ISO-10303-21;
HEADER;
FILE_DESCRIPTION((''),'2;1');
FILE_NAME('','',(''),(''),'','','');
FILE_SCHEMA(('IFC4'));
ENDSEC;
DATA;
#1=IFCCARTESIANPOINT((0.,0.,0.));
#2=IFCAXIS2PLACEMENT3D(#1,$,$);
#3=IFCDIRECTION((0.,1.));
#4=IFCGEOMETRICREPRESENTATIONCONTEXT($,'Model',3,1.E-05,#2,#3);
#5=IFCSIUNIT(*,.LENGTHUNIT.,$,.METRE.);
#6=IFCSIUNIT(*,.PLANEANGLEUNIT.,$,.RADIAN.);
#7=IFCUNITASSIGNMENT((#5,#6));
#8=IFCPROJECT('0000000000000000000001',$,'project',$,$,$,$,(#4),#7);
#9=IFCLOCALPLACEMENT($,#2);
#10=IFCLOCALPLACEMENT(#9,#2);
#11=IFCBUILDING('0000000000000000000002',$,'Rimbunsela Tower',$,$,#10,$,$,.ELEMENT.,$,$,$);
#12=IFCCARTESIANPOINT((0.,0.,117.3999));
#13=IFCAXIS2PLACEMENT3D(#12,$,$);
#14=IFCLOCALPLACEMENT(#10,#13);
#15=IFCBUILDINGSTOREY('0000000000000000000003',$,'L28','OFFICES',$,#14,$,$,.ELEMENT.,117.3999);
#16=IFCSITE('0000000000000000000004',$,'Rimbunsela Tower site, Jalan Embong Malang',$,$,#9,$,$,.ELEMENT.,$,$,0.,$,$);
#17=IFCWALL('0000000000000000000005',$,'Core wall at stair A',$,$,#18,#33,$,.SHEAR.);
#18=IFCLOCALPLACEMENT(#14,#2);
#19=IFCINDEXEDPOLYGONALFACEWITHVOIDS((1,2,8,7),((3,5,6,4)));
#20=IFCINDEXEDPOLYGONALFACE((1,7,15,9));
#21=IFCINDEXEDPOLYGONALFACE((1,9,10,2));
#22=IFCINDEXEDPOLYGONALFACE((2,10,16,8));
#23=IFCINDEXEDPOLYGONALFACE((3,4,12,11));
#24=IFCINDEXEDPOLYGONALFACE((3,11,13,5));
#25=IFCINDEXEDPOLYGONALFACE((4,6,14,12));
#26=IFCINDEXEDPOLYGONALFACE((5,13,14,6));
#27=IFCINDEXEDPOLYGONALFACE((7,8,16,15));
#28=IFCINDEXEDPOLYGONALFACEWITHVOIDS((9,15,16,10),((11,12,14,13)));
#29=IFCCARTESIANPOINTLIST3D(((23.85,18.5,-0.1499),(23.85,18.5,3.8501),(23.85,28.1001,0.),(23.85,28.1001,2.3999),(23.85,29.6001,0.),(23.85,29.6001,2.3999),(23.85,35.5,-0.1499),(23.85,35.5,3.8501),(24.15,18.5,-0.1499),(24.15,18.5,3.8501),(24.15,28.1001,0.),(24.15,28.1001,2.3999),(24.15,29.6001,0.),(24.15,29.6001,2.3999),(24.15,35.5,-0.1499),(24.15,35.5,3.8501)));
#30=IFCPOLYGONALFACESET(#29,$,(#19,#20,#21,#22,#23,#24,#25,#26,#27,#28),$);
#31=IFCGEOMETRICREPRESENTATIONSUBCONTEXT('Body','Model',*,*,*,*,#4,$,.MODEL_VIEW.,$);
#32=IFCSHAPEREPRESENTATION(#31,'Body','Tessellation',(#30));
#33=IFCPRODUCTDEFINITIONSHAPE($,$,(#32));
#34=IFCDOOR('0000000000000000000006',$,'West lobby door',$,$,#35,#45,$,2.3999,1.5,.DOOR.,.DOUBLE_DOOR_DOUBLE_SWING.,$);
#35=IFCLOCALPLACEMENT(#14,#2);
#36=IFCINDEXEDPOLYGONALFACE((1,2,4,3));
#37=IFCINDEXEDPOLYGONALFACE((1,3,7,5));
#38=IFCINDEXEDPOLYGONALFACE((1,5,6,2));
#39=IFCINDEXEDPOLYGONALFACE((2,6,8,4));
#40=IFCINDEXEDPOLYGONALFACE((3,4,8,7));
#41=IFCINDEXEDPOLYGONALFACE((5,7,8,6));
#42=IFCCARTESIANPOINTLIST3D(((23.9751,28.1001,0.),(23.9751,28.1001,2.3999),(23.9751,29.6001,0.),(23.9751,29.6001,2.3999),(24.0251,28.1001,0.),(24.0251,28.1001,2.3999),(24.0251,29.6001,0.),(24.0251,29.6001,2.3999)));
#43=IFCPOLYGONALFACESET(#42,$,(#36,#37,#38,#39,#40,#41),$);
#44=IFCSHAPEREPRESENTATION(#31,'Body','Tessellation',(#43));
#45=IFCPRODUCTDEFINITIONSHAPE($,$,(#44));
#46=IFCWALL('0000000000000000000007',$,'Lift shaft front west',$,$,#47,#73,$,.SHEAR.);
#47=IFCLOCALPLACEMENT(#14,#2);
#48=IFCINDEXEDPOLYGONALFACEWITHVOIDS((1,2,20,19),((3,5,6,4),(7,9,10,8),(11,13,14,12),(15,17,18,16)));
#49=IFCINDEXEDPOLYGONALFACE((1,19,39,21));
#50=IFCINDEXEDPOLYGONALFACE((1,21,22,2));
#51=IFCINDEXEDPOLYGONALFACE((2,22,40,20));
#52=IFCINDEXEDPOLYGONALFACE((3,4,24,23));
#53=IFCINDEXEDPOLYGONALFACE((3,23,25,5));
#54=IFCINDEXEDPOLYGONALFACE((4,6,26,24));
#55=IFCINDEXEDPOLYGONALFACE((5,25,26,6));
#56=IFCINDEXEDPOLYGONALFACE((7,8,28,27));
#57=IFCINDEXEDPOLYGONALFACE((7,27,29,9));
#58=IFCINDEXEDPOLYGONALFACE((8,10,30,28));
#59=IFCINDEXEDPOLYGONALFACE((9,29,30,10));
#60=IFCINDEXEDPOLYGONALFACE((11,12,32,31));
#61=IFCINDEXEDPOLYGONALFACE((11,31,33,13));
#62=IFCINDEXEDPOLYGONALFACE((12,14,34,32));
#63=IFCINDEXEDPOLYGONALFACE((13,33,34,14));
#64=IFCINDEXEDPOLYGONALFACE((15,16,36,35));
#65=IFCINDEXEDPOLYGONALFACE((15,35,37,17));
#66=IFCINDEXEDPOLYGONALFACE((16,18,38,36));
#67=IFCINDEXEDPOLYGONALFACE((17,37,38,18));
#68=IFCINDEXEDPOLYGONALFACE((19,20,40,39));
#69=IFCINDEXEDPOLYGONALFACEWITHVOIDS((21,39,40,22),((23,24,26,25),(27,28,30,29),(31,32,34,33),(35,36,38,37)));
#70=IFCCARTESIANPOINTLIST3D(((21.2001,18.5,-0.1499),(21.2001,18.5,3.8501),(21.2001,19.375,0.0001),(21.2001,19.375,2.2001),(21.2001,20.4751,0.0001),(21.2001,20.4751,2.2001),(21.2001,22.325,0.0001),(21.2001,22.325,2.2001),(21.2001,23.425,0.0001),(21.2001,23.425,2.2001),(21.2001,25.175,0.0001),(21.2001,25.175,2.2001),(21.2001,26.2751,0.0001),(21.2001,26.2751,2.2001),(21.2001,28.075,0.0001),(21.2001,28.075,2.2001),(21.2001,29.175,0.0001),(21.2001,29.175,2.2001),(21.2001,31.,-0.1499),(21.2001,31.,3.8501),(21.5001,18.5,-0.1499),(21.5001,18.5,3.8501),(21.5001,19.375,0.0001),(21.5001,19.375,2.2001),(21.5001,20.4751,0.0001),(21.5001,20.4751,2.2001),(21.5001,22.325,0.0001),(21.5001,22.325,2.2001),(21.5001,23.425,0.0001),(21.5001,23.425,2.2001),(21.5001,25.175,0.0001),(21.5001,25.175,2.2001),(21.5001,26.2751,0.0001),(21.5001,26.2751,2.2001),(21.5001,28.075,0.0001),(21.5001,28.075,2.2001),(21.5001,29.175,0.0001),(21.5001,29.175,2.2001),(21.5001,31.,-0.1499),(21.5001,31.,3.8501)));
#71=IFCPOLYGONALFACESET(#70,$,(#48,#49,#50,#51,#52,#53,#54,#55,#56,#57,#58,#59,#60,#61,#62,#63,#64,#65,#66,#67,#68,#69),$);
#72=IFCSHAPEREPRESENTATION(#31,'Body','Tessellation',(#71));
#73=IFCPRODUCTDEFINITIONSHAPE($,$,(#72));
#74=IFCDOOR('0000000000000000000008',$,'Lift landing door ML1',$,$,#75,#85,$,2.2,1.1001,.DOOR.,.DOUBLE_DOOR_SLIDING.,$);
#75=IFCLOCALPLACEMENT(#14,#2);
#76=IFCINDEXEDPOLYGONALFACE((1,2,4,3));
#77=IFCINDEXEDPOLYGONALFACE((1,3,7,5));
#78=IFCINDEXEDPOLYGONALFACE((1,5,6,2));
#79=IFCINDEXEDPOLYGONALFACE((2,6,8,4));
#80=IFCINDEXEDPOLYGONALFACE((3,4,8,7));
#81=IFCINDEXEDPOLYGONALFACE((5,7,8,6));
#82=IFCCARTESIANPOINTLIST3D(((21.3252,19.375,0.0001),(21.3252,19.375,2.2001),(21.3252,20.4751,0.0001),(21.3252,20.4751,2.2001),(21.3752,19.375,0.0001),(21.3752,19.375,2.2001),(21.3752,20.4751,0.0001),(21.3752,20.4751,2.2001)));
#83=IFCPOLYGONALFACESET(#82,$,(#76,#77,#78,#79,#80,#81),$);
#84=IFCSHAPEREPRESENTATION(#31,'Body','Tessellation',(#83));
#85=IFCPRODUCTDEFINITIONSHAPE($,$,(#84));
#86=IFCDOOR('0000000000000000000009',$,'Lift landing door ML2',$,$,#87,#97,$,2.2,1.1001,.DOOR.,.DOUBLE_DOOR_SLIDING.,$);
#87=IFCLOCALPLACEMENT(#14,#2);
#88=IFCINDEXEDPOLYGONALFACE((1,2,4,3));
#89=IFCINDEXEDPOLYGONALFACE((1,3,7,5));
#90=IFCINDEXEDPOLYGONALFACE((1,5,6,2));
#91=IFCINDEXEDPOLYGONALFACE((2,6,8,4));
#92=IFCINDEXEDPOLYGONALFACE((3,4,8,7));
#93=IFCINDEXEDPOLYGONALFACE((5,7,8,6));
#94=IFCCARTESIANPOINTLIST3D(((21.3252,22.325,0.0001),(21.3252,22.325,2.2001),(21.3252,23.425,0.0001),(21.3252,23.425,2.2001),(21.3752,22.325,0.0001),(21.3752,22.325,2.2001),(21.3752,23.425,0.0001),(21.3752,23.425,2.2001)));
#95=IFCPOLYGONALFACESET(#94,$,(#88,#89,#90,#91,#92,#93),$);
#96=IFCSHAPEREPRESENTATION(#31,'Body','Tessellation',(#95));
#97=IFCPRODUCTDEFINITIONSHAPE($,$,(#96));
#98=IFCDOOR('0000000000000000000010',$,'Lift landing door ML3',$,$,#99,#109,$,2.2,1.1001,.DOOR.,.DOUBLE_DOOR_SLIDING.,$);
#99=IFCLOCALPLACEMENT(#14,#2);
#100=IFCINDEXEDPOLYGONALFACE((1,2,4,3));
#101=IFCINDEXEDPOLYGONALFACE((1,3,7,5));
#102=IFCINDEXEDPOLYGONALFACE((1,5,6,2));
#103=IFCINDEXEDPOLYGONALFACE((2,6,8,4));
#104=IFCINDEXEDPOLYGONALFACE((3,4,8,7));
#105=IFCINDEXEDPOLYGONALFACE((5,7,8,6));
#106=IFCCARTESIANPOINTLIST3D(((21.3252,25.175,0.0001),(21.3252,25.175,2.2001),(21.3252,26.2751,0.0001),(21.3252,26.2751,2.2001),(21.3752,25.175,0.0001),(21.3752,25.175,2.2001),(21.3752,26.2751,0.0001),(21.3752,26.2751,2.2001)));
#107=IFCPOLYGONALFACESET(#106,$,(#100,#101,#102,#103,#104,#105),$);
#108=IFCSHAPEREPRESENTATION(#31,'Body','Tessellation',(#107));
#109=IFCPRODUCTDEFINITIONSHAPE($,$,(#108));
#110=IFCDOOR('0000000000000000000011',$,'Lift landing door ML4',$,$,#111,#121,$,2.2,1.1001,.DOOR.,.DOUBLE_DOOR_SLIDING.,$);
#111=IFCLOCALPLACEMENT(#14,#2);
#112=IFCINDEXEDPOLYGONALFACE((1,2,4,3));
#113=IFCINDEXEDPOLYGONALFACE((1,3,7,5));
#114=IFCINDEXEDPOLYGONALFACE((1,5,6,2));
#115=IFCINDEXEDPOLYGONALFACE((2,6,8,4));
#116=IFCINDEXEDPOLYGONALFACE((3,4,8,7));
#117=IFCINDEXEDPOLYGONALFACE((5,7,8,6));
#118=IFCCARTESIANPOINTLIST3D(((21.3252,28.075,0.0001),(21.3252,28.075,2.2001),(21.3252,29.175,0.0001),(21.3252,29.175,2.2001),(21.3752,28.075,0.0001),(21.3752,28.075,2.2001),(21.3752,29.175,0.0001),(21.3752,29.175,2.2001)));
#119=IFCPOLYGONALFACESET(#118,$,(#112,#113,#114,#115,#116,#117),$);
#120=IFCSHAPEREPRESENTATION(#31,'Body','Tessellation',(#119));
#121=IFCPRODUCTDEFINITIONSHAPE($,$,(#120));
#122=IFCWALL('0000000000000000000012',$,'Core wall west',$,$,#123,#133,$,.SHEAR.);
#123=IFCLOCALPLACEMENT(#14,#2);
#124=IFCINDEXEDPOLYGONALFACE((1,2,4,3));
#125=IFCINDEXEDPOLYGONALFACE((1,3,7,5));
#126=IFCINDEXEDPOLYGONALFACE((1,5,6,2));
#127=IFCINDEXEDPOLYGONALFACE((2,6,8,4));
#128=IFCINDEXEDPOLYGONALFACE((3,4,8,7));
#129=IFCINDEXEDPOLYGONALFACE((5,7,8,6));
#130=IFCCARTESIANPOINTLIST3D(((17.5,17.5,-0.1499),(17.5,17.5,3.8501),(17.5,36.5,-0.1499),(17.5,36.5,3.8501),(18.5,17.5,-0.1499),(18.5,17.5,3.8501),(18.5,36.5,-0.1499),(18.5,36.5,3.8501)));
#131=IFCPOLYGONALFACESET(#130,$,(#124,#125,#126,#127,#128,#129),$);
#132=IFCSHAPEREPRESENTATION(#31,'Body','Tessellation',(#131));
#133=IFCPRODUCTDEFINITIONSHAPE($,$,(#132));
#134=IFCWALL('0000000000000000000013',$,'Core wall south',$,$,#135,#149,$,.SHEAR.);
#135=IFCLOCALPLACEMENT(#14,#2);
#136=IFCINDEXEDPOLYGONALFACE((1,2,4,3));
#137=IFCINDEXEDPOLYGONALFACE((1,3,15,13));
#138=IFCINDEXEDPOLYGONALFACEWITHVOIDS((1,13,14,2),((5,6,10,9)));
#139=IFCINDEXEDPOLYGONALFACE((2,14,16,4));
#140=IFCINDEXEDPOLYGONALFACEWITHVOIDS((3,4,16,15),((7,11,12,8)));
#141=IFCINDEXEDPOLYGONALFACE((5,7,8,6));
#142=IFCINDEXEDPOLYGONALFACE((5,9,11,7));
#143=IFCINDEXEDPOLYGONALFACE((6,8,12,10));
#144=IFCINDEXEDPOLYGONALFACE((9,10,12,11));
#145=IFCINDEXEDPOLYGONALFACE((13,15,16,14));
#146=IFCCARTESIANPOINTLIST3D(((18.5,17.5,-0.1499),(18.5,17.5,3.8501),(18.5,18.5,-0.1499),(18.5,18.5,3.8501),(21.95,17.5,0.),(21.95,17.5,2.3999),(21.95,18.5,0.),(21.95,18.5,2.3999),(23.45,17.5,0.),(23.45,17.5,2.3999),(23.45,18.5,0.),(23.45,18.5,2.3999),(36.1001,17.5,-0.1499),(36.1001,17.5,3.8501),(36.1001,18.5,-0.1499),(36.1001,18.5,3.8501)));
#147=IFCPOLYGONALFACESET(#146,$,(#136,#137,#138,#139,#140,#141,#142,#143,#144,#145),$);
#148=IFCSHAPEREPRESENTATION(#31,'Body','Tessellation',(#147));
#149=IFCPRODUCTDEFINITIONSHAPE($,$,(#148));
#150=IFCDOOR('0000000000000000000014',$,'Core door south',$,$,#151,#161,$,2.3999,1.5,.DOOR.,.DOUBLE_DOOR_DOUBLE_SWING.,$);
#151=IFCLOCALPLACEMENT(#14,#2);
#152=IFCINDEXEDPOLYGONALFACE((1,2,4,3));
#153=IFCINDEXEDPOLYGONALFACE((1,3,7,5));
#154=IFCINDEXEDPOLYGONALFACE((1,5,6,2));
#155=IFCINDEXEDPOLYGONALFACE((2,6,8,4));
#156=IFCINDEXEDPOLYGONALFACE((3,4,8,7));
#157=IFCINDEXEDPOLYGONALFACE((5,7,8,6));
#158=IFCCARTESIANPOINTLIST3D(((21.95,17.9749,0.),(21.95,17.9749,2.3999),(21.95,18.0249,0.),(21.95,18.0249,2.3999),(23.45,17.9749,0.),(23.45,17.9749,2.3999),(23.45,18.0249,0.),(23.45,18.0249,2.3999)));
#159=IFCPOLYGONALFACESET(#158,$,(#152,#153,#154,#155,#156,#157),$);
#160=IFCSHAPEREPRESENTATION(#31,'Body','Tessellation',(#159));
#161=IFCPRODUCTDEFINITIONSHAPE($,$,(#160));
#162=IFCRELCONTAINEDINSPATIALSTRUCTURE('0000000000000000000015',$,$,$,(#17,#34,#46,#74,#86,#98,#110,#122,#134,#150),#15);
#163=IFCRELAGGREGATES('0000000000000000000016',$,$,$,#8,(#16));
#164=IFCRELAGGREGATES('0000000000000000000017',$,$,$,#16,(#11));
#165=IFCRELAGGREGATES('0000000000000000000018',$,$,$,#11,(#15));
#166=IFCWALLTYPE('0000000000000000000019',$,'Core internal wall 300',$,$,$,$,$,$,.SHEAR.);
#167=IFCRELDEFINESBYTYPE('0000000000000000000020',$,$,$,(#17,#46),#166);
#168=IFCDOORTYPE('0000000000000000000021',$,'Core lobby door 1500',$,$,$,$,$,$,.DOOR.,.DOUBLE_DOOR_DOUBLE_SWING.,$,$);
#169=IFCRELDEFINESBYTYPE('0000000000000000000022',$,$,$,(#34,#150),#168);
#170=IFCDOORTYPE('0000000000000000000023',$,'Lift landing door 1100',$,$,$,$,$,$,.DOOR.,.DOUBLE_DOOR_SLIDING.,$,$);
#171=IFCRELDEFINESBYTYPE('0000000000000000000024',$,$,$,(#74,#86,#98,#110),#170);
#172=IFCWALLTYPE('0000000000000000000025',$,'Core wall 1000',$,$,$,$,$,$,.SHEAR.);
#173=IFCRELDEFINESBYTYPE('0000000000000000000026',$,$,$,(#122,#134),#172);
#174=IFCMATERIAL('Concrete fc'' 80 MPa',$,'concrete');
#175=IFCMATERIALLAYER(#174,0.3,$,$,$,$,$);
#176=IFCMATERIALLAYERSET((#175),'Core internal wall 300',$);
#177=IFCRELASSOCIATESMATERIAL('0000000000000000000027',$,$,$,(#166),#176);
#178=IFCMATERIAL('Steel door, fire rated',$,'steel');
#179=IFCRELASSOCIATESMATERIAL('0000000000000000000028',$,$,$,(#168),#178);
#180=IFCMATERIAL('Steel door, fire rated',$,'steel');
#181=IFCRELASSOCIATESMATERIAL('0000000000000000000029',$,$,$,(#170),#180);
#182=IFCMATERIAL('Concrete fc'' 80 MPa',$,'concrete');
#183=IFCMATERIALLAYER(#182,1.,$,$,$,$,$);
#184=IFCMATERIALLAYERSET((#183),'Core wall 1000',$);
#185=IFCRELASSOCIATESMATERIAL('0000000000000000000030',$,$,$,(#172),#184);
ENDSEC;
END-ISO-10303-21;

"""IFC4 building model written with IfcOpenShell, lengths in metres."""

from ifc_helpers import new_model, si_unit, direction, frame, frame_2d, origin, place, context, subcontext, project, spatial, rectangle, extrude, material, layer, layer_set, type_object, element, fill, save


model = new_model("IFC4")

# Units and contexts
model_context = context("Model", 3, precision=1e-05, world=origin(), true_north=direction((0.0, 1.0)))
body_context = subcontext(model_context, "Body", "Model", "MODEL_VIEW")
ifc_project = project(units=[si_unit("LENGTHUNIT", "METRE"), si_unit("PLANEANGLEUNIT", "RADIAN")], contexts=[model_context])

# Site, building, storey
site_placement = place(None, origin())
site = spatial("IfcSite", under=ifc_project, at=site_placement, Name="Rimbunsela Tower site, Jalan Embong Malang", CompositionType="ELEMENT", RefElevation=0.0)
building_placement = place(site_placement, origin())
building = spatial("IfcBuilding", under=site, at=building_placement, Name="Rimbunsela Tower", CompositionType="ELEMENT")
storey_placement = place(building_placement, frame((0.0, 0.0, 117.3999)))
storey = spatial("IfcBuildingStorey", under=building, at=storey_placement, Name="L28", Description="OFFICES", CompositionType="ELEMENT", Elevation=117.3999)

# Wall, opening, door
ifc_material_1 = material(Name="Concrete fc' 80 MPa", Category="concrete")
ifc_layer_1 = layer(ifc_material_1, 0.3)
ifc_layer_set_1 = layer_set([ifc_layer_1], Name="Core internal wall 300")
wall_type_1 = type_object("IfcWallType", Name="Core internal wall 300", PredefinedType="SHEAR", material=ifc_layer_set_1)
wall_1_placement = place(storey_placement, frame((24.0, 18.5, -0.1499), z_axis=(0.0, 0.0, 1.0), x_axis=(0.0, 1.0, 0.0)))
wall_1 = element("IfcWall", 1, at=wall_1_placement, inside=storey, type_object=wall_type_1, Name="Core wall at stair A", PredefinedType="SHEAR", context=body_context, shape_type="SweptSolid", body=[
    extrude(rectangle(XDim=17.0, YDim=0.3, at=frame_2d((8.5, 0.0))), origin(), (0.0, 0.0, 1.0), 4.0),
])
opening_1_placement = place(wall_1_placement, frame((9.6001, 0.0, 0.1499)))
opening_1 = element("IfcOpeningElement", 2, at=opening_1_placement, cuts=wall_1, PredefinedType="OPENING", context=body_context, shape_type="SweptSolid", body=[
    extrude(rectangle(XDim=1.5, YDim=2.3999, at=frame_2d((0.75, 1.2))), frame((0.0, 0.1599, 0.0), z_axis=(0.0, -1.0, 0.0), x_axis=(1.0, 0.0, 0.0)), (0.0, 0.0, 1.0), 0.3201),
])
ifc_material_2 = material(Name="Steel door, fire rated", Category="steel")
door_type_1 = type_object("IfcDoorType", Name="Core lobby door 1500", OperationType="DOUBLE_DOOR_DOUBLE_SWING", PredefinedType="DOOR", material=ifc_material_2)
door_1_placement = place(opening_1_placement, origin())
door_1 = element("IfcDoor", 3, at=door_1_placement, inside=storey, type_object=door_type_1, Name="West lobby door", OperationType="DOUBLE_DOOR_DOUBLE_SWING", OverallHeight=2.3999, OverallWidth=1.5, PredefinedType="DOOR", context=body_context, shape_type="SweptSolid", body=[
    extrude(rectangle(XDim=1.5, YDim=2.3999, at=frame_2d((0.75, 1.2))), frame((0.0, 0.0249, 0.0), z_axis=(0.0, -1.0, 0.0), x_axis=(1.0, 0.0, 0.0)), (0.0, 0.0, 1.0), 0.05),
])
fill(opening_1, door_1)

# Wall, openings, doors
wall_2_placement = place(storey_placement, frame((21.3501, 18.5, -0.1499), z_axis=(0.0, 0.0, 1.0), x_axis=(0.0, 1.0, 0.0)))
wall_2 = element("IfcWall", 4, at=wall_2_placement, inside=storey, type_object=wall_type_1, Name="Lift shaft front west", PredefinedType="SHEAR", context=body_context, shape_type="SweptSolid", body=[
    extrude(rectangle(XDim=12.5, YDim=0.3, at=frame_2d((6.25, 0.0))), origin(), (0.0, 0.0, 1.0), 4.0),
])
opening_2_placement = place(wall_2_placement, frame((0.875, 0.0, 0.1499)))
opening_2 = element("IfcOpeningElement", 5, at=opening_2_placement, cuts=wall_2, PredefinedType="OPENING", context=body_context, shape_type="SweptSolid", body=[
    extrude(rectangle(XDim=1.1001, YDim=2.2, at=frame_2d((0.55, 1.1001))), frame((0.0, 0.1599, 0.0), z_axis=(0.0, -1.0, 0.0), x_axis=(1.0, 0.0, 0.0)), (0.0, 0.0, 1.0), 0.3201),
])
opening_3_placement = place(wall_2_placement, frame((3.825, 0.0, 0.1499)))
opening_3 = element("IfcOpeningElement", 6, at=opening_3_placement, cuts=wall_2, PredefinedType="OPENING", context=body_context, shape_type="SweptSolid", body=[
    extrude(rectangle(XDim=1.1001, YDim=2.2, at=frame_2d((0.55, 1.1001))), frame((0.0, 0.1599, 0.0), z_axis=(0.0, -1.0, 0.0), x_axis=(1.0, 0.0, 0.0)), (0.0, 0.0, 1.0), 0.3201),
])
opening_4_placement = place(wall_2_placement, frame((6.675, 0.0, 0.1499)))
opening_4 = element("IfcOpeningElement", 7, at=opening_4_placement, cuts=wall_2, PredefinedType="OPENING", context=body_context, shape_type="SweptSolid", body=[
    extrude(rectangle(XDim=1.1001, YDim=2.2, at=frame_2d((0.55, 1.1001))), frame((0.0, 0.1599, 0.0), z_axis=(0.0, -1.0, 0.0), x_axis=(1.0, 0.0, 0.0)), (0.0, 0.0, 1.0), 0.3201),
])
opening_5_placement = place(wall_2_placement, frame((9.575, 0.0, 0.1499)))
opening_5 = element("IfcOpeningElement", 8, at=opening_5_placement, cuts=wall_2, PredefinedType="OPENING", context=body_context, shape_type="SweptSolid", body=[
    extrude(rectangle(XDim=1.1001, YDim=2.2, at=frame_2d((0.55, 1.1001))), frame((0.0, 0.1599, 0.0), z_axis=(0.0, -1.0, 0.0), x_axis=(1.0, 0.0, 0.0)), (0.0, 0.0, 1.0), 0.3201),
])
ifc_material_3 = material(Name="Steel door, fire rated", Category="steel")
door_type_2 = type_object("IfcDoorType", Name="Lift landing door 1100", OperationType="DOUBLE_DOOR_SLIDING", PredefinedType="DOOR", material=ifc_material_3)
door_2_placement = place(opening_2_placement, origin())
door_2 = element("IfcDoor", 9, at=door_2_placement, inside=storey, type_object=door_type_2, Name="Lift landing door ML1", OperationType="DOUBLE_DOOR_SLIDING", OverallHeight=2.2, OverallWidth=1.1001, PredefinedType="DOOR", context=body_context, shape_type="SweptSolid", body=[
    extrude(rectangle(XDim=1.1001, YDim=2.2, at=frame_2d((0.55, 1.1001))), frame((0.0, 0.0249, 0.0), z_axis=(0.0, -1.0, 0.0), x_axis=(1.0, 0.0, 0.0)), (0.0, 0.0, 1.0), 0.05),
])
fill(opening_2, door_2)
door_3_placement = place(opening_3_placement, origin())
door_3 = element("IfcDoor", 10, at=door_3_placement, inside=storey, type_object=door_type_2, Name="Lift landing door ML2", OperationType="DOUBLE_DOOR_SLIDING", OverallHeight=2.2, OverallWidth=1.1001, PredefinedType="DOOR", context=body_context, shape_type="SweptSolid", body=[
    extrude(rectangle(XDim=1.1001, YDim=2.2, at=frame_2d((0.55, 1.1001))), frame((0.0, 0.0249, 0.0), z_axis=(0.0, -1.0, 0.0), x_axis=(1.0, 0.0, 0.0)), (0.0, 0.0, 1.0), 0.05),
])
fill(opening_3, door_3)
door_4_placement = place(opening_4_placement, origin())
door_4 = element("IfcDoor", 11, at=door_4_placement, inside=storey, type_object=door_type_2, Name="Lift landing door ML3", OperationType="DOUBLE_DOOR_SLIDING", OverallHeight=2.2, OverallWidth=1.1001, PredefinedType="DOOR", context=body_context, shape_type="SweptSolid", body=[
    extrude(rectangle(XDim=1.1001, YDim=2.2, at=frame_2d((0.55, 1.1001))), frame((0.0, 0.0249, 0.0), z_axis=(0.0, -1.0, 0.0), x_axis=(1.0, 0.0, 0.0)), (0.0, 0.0, 1.0), 0.05),
])
fill(opening_4, door_4)
door_5_placement = place(opening_5_placement, origin())
door_5 = element("IfcDoor", 12, at=door_5_placement, inside=storey, type_object=door_type_2, Name="Lift landing door ML4", OperationType="DOUBLE_DOOR_SLIDING", OverallHeight=2.2, OverallWidth=1.1001, PredefinedType="DOOR", context=body_context, shape_type="SweptSolid", body=[
    extrude(rectangle(XDim=1.1001, YDim=2.2, at=frame_2d((0.55, 1.1001))), frame((0.0, 0.0249, 0.0), z_axis=(0.0, -1.0, 0.0), x_axis=(1.0, 0.0, 0.0)), (0.0, 0.0, 1.0), 0.05),
])
fill(opening_5, door_5)

# Wall
ifc_material_4 = material(Name="Concrete fc' 80 MPa", Category="concrete")
ifc_layer_2 = layer(ifc_material_4, 1.0)
ifc_layer_set_2 = layer_set([ifc_layer_2], Name="Core wall 1000")
wall_type_2 = type_object("IfcWallType", Name="Core wall 1000", PredefinedType="SHEAR", material=ifc_layer_set_2)
wall_3_placement = place(storey_placement, frame((18.0, 17.5, -0.1499), z_axis=(0.0, 0.0, 1.0), x_axis=(0.0, 1.0, 0.0)))
element("IfcWall", 13, at=wall_3_placement, inside=storey, type_object=wall_type_2, Name="Core wall west", PredefinedType="SHEAR", context=body_context, shape_type="SweptSolid", body=[
    extrude(rectangle(XDim=19.0, YDim=1.0, at=frame_2d((9.5, 0.0))), origin(), (0.0, 0.0, 1.0), 4.0),
])

# Wall, opening, door
wall_4_placement = place(storey_placement, frame((18.5, 18.0, -0.1499), z_axis=(0.0, 0.0, 1.0), x_axis=(1.0, 0.0, 0.0)))
wall_4 = element("IfcWall", 14, at=wall_4_placement, inside=storey, type_object=wall_type_2, Name="Core wall south", PredefinedType="SHEAR", context=body_context, shape_type="SweptSolid", body=[
    extrude(rectangle(XDim=17.6001, YDim=1.0, at=frame_2d((8.8, 0.0))), origin(), (0.0, 0.0, 1.0), 4.0),
])
opening_6_placement = place(wall_4_placement, frame((3.45, 0.0, 0.1499)))
opening_6 = element("IfcOpeningElement", 15, at=opening_6_placement, cuts=wall_4, PredefinedType="OPENING", context=body_context, shape_type="SweptSolid", body=[
    extrude(rectangle(XDim=1.5, YDim=2.3999, at=frame_2d((0.75, 1.2))), frame((0.0, 0.51, 0.0), z_axis=(0.0, -1.0, 0.0), x_axis=(1.0, 0.0, 0.0)), (0.0, 0.0, 1.0), 1.02),
])
door_6_placement = place(opening_6_placement, origin())
door_6 = element("IfcDoor", 16, at=door_6_placement, inside=storey, type_object=door_type_1, Name="Core door south", OperationType="DOUBLE_DOOR_DOUBLE_SWING", OverallHeight=2.3999, OverallWidth=1.5, PredefinedType="DOOR", context=body_context, shape_type="SweptSolid", body=[
    extrude(rectangle(XDim=1.5, YDim=2.3999, at=frame_2d((0.75, 1.2))), frame((0.0, 0.0249, 0.0), z_axis=(0.0, -1.0, 0.0), x_axis=(1.0, 0.0, 0.0)), (0.0, 0.0, 1.0), 0.05),
])
fill(opening_6, door_6)

save(model, "model.ifc")
